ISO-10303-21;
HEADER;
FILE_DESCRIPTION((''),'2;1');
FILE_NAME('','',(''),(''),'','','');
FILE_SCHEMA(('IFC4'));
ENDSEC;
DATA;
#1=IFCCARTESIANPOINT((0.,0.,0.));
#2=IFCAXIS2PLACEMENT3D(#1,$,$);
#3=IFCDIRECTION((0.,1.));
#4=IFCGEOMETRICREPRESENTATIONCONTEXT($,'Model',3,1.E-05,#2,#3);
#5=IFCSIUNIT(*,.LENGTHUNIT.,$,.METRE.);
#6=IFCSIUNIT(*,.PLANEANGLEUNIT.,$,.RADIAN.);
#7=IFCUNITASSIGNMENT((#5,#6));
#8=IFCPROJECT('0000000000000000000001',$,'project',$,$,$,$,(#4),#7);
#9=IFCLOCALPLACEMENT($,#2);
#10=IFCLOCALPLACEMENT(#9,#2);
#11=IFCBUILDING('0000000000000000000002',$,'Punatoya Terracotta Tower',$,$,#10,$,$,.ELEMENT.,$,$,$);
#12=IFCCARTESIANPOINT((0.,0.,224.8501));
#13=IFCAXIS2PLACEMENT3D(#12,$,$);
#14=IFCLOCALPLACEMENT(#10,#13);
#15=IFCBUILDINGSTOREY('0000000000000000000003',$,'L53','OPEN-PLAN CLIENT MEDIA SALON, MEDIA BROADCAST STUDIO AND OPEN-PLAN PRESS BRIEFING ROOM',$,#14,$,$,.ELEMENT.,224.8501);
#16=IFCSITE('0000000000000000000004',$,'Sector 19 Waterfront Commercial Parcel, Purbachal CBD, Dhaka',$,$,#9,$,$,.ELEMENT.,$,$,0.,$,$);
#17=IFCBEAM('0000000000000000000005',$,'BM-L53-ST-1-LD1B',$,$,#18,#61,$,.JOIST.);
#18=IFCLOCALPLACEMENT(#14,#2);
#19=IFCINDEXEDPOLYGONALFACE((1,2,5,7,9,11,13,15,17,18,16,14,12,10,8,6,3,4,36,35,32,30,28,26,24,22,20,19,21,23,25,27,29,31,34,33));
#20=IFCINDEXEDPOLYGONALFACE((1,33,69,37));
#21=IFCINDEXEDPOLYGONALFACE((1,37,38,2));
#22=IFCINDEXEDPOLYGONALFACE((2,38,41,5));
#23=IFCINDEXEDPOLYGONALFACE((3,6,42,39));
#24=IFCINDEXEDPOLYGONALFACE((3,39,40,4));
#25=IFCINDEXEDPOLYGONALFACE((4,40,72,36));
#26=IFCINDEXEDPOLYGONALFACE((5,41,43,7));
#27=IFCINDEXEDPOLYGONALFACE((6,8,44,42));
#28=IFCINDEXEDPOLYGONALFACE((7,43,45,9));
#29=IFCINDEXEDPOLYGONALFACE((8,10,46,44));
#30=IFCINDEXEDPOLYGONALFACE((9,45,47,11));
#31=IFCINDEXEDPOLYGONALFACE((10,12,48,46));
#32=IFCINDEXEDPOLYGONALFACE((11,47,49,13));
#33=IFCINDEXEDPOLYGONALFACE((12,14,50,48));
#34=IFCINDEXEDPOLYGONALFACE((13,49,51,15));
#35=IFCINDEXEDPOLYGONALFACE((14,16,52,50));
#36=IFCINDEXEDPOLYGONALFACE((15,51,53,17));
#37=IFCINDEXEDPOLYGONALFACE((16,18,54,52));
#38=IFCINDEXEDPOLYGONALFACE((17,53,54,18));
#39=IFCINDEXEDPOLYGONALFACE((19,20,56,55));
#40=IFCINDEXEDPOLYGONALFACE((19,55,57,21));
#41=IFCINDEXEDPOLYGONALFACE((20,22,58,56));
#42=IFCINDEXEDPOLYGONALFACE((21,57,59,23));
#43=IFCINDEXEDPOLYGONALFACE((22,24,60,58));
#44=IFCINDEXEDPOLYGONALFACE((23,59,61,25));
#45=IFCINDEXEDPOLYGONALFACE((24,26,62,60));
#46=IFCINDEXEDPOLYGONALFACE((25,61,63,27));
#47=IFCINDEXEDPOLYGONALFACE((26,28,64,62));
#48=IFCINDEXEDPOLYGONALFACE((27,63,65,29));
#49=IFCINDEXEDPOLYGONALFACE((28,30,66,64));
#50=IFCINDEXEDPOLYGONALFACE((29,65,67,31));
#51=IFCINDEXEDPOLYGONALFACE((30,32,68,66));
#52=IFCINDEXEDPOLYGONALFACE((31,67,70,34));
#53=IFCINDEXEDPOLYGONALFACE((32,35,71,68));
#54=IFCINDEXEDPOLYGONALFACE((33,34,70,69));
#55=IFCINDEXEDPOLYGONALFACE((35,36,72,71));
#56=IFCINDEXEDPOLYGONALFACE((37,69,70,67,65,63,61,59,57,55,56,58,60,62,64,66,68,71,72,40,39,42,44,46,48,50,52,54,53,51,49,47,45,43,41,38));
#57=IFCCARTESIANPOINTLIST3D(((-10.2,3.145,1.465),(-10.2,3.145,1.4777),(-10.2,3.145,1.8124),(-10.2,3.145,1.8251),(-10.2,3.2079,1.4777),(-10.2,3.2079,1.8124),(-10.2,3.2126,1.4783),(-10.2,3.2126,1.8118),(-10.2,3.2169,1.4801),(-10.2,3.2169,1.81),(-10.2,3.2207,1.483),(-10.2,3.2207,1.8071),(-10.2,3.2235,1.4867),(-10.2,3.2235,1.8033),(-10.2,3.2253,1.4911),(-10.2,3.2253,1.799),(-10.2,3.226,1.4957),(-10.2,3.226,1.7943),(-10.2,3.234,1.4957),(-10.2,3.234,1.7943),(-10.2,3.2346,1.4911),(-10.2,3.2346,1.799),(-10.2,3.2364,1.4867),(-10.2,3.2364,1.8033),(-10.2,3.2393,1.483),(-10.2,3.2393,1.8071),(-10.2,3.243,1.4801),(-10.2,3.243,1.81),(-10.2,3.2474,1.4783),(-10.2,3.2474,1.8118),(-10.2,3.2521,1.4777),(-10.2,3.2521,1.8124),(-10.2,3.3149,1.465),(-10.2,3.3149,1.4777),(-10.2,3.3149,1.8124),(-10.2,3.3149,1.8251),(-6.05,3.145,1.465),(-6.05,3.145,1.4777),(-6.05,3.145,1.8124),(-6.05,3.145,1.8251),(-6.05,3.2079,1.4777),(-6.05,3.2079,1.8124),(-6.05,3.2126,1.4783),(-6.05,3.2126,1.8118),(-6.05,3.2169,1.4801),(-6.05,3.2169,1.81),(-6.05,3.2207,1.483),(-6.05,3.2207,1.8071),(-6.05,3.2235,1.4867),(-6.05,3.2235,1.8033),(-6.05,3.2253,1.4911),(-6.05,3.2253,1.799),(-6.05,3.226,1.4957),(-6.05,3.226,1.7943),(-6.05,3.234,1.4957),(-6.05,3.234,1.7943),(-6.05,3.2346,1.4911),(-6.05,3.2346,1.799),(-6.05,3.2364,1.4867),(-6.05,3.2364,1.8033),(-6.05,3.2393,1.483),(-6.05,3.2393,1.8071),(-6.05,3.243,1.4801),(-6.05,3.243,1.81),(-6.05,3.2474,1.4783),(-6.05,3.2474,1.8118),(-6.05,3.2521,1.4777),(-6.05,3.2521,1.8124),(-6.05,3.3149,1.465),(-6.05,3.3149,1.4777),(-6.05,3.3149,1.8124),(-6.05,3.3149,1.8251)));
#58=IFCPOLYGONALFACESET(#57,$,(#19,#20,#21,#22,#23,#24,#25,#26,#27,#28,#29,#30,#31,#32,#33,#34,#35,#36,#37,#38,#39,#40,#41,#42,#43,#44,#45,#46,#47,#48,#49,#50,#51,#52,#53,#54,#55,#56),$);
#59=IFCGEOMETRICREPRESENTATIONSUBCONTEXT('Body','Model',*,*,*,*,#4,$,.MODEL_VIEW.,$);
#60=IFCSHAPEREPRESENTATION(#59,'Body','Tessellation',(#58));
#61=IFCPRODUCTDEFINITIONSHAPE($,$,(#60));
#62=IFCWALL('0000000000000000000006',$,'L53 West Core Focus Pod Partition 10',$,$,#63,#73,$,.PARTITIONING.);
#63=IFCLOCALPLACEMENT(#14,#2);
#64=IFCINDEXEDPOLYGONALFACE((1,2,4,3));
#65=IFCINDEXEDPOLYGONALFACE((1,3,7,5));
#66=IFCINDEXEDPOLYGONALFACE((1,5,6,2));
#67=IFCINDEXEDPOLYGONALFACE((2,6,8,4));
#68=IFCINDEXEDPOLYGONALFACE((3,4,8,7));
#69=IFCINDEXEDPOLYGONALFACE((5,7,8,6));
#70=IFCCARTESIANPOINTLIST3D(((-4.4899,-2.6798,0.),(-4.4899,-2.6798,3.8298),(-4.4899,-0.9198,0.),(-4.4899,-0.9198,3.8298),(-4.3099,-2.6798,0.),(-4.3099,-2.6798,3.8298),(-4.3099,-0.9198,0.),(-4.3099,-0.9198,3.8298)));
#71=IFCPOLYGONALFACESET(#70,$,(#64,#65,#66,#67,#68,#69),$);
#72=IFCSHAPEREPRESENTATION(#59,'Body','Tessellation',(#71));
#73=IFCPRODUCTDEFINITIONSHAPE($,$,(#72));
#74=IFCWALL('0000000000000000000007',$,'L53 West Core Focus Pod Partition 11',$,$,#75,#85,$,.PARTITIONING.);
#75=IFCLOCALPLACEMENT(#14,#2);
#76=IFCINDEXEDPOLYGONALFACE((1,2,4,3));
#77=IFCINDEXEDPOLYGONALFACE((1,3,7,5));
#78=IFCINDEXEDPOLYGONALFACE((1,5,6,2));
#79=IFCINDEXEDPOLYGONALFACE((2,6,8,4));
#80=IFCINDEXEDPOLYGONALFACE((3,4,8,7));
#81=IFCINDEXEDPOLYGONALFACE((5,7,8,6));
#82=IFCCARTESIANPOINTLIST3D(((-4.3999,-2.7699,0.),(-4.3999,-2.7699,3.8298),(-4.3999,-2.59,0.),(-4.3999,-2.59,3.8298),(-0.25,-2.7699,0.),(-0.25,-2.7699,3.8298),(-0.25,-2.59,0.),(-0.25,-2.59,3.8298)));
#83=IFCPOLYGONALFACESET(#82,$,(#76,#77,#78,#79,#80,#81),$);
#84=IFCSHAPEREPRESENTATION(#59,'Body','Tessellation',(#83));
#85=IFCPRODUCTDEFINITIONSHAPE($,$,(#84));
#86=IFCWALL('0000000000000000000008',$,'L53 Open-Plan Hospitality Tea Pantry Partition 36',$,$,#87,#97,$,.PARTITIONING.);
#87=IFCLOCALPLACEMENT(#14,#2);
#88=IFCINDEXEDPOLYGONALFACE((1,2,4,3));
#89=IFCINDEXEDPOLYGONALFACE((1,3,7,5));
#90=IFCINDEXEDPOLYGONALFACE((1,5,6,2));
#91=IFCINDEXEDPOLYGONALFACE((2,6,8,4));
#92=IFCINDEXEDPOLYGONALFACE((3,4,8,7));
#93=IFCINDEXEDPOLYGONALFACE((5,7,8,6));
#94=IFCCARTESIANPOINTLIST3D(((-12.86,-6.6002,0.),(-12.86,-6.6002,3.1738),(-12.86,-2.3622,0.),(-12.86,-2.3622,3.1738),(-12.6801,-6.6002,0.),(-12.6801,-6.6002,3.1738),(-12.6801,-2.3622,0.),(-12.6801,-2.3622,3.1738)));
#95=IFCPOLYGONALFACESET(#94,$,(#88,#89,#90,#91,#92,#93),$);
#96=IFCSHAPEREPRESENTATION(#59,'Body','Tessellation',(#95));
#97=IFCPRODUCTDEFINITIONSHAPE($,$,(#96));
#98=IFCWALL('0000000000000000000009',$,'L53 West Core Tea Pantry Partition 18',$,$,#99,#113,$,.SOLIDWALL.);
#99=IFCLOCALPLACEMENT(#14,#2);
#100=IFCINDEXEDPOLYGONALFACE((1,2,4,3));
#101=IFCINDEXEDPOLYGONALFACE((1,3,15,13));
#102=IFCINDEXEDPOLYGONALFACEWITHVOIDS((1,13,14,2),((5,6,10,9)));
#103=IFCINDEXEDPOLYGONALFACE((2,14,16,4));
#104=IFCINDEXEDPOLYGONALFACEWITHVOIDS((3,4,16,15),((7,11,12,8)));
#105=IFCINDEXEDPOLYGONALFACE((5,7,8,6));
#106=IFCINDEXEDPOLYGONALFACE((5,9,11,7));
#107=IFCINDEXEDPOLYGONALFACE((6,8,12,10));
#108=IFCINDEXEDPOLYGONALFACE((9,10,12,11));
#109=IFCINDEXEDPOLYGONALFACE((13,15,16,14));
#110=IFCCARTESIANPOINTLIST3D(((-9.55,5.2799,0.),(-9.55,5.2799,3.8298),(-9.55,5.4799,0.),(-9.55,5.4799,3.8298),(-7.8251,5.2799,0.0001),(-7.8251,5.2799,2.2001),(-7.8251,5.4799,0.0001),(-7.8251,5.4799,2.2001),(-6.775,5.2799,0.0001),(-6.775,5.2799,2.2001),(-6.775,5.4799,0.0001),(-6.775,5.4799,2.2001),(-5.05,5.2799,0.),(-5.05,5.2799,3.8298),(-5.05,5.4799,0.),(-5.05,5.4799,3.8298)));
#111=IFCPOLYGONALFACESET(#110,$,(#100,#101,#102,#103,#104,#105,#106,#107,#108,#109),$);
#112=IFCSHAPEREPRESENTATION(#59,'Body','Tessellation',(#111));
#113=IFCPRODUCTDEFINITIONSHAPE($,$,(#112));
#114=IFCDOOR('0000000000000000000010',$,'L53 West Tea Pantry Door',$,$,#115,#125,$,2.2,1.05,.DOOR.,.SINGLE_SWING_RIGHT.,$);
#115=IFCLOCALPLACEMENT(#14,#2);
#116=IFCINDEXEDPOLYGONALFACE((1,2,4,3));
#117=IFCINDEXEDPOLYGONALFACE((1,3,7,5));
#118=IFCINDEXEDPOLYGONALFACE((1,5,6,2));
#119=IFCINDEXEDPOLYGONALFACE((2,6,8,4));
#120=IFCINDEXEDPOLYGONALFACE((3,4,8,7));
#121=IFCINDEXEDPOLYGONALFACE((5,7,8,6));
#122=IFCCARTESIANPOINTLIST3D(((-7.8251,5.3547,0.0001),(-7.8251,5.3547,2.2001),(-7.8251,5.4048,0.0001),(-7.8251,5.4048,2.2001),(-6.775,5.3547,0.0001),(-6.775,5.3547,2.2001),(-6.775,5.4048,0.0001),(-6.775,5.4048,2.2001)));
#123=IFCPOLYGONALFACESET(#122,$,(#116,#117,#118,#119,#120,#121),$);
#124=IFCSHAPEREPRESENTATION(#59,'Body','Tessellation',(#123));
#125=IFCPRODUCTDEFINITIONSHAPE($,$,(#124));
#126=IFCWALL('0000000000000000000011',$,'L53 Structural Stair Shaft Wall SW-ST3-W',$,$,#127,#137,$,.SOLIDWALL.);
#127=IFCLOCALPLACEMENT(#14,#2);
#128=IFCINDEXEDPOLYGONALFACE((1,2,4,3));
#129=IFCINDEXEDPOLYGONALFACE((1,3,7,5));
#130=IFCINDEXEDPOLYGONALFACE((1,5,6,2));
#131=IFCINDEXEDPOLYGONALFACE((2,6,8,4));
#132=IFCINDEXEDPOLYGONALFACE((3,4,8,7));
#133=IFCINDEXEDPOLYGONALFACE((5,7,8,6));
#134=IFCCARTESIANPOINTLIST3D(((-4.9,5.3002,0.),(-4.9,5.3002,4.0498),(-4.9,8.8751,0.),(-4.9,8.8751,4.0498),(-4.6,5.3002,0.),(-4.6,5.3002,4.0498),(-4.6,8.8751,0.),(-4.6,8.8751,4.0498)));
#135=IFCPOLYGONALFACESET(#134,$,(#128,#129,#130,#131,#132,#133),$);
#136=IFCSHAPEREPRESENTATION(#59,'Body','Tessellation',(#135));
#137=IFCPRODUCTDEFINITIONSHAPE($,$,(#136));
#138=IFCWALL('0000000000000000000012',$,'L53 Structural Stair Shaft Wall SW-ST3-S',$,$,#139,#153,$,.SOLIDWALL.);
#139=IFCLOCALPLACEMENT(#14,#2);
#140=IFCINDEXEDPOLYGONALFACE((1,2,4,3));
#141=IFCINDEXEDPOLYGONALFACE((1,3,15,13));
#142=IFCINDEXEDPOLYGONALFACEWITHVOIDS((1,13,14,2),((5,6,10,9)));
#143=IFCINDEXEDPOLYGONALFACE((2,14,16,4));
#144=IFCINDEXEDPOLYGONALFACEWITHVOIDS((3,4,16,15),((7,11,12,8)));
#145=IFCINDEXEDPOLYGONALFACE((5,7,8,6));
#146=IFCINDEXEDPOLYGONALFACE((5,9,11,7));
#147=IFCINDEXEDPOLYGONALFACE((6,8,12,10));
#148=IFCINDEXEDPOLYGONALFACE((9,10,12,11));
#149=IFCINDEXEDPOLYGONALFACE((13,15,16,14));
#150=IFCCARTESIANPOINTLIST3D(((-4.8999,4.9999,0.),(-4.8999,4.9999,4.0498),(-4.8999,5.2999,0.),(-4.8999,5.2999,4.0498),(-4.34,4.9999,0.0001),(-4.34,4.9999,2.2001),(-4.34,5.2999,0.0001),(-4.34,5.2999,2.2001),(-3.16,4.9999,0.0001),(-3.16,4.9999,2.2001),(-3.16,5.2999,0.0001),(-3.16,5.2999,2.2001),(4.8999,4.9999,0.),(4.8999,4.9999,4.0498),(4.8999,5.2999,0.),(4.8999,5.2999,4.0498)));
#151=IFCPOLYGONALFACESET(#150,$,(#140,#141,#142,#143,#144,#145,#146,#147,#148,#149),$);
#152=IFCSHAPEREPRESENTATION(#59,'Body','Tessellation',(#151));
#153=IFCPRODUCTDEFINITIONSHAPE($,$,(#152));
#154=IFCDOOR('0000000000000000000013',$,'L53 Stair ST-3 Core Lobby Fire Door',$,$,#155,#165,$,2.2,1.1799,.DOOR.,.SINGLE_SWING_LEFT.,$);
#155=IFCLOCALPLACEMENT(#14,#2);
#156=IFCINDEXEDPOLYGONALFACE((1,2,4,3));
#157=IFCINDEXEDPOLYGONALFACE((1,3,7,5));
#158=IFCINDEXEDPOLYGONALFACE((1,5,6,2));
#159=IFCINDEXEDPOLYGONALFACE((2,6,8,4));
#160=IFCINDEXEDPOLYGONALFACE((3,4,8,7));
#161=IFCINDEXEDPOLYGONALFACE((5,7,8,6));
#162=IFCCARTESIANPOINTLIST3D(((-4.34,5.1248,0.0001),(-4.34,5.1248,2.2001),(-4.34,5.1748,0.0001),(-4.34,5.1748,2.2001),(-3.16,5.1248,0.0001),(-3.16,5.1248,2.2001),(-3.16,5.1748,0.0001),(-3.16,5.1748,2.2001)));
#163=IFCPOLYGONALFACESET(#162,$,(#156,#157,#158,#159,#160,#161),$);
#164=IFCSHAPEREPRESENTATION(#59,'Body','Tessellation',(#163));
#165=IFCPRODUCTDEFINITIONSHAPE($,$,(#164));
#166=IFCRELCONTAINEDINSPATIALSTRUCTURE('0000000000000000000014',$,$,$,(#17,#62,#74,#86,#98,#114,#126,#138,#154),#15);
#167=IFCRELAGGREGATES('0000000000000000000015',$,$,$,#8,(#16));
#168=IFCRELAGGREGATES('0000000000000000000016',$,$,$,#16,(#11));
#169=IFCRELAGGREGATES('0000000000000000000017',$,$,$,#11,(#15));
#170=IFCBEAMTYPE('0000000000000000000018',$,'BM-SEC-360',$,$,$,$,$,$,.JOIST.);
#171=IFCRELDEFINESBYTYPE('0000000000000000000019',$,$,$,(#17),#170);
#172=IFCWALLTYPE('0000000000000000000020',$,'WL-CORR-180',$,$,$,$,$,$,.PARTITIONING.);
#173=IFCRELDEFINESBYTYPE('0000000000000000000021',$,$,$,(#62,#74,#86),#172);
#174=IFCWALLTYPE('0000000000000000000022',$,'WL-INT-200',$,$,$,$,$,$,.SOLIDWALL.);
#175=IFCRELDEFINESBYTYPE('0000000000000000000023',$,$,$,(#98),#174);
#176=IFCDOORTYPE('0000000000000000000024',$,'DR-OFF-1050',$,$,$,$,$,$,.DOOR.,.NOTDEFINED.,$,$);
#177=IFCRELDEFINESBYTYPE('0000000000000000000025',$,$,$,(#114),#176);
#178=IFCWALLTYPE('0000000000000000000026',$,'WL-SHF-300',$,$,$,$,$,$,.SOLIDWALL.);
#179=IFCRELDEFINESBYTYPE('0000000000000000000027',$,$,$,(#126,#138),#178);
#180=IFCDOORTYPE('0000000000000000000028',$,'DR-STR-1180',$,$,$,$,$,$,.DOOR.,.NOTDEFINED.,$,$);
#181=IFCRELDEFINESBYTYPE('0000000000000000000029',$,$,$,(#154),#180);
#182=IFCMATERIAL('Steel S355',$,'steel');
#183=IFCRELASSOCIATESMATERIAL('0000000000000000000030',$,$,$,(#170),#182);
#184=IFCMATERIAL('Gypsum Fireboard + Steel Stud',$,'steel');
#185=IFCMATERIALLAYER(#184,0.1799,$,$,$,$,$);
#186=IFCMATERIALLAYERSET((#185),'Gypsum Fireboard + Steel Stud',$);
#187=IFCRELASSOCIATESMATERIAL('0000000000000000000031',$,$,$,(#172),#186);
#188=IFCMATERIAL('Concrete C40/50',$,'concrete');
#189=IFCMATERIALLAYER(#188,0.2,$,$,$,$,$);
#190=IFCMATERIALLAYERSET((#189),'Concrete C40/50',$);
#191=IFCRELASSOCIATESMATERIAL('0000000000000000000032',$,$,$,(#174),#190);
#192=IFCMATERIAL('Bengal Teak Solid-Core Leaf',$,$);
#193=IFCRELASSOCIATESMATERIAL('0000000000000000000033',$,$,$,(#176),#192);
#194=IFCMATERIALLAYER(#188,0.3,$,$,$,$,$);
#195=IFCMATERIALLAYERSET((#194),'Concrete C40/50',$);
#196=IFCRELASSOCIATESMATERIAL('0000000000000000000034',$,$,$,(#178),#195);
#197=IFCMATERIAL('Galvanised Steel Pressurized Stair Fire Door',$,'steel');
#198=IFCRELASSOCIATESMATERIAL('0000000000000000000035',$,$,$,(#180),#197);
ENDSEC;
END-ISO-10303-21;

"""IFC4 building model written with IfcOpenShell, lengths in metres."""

from ifc_helpers import new_model, si_unit, direction, frame, frame_2d, origin, origin_2d, place, context, subcontext, project, spatial, rectangle, i_section, extrude, material, layer, layer_set, material_profile, profile_set, type_object, element, fill, save


model = new_model("IFC4")

# Units and contexts
model_context = context("Model", 3, precision=1e-05, world=origin(), true_north=direction((0.0, 1.0)))
body_context = subcontext(model_context, "Body", "Model", "MODEL_VIEW")
ifc_project = project(units=[si_unit("LENGTHUNIT", "METRE"), si_unit("PLANEANGLEUNIT", "RADIAN")], contexts=[model_context])

# Site, building, storey
site_placement = place(None, origin())
site = spatial("IfcSite", under=ifc_project, at=site_placement, Name="Sector 19 Waterfront Commercial Parcel, Purbachal CBD, Dhaka", CompositionType="ELEMENT", RefElevation=0.0)
building_placement = place(site_placement, origin())
building = spatial("IfcBuilding", under=site, at=building_placement, Name="Punatoya Terracotta Tower", CompositionType="ELEMENT")
storey_placement = place(building_placement, frame((0.0, 0.0, 224.8501)))
storey = spatial("IfcBuildingStorey", under=building, at=storey_placement, Name="L53", Description="OPEN-PLAN CLIENT MEDIA SALON, MEDIA BROADCAST STUDIO AND OPEN-PLAN PRESS BRIEFING ROOM", CompositionType="ELEMENT", Elevation=224.8501)

# Beam
ifc_material_1 = material(Name="Steel S355", Category="steel")
ifc_material_profile_1 = material_profile(ifc_material_1, i_section(OverallWidth=0.1699, OverallDepth=0.3601, WebThickness=0.0081, FlangeThickness=0.0127, FilletRadius=0.0181, at=origin_2d()))
ifc_profile_set_1 = profile_set([ifc_material_profile_1], Name="Steel S355")
beam_type_1 = type_object("IfcBeamType", Name="BM-SEC-360", PredefinedType="JOIST", material=ifc_profile_set_1)
for number, where, z_axis, x_axis, name in (
    (1, (-10.2, 3.23, 1.645), (1.0, 0.0, 0.0), (0.0, 1.0, 0.0), "BM-L53-ST-1-LD1B"),
):
    element("IfcBeam", number, at=place(storey_placement, frame(where, z_axis=z_axis, x_axis=x_axis)), inside=storey, type_object=beam_type_1, Name=name, PredefinedType="JOIST", context=body_context, shape_type="SweptSolid", body=[
        extrude(i_section(OverallWidth=0.1699, OverallDepth=0.3601, WebThickness=0.0081, FlangeThickness=0.0127, FilletRadius=0.0181, at=origin_2d()), origin(), (0.0, 0.0, 1.0), 4.1499),
    ])

# Walls
ifc_material_2 = material(Name="Gypsum Fireboard + Steel Stud", Category="steel")
ifc_layer_1 = layer(ifc_material_2, 0.1799)
ifc_layer_set_1 = layer_set([ifc_layer_1], Name="Gypsum Fireboard + Steel Stud")
wall_type_1 = type_object("IfcWallType", Name="WL-CORR-180", PredefinedType="PARTITIONING", material=ifc_layer_set_1)
wall_1_placement = place(storey_placement, frame((-4.3999, -0.9199, 0.0), z_axis=(0.0, 0.0, 1.0), x_axis=(0.0, -1.0, 0.0)))
element("IfcWall", 2, at=wall_1_placement, inside=storey, type_object=wall_type_1, Name="L53 West Core Focus Pod Partition 10", PredefinedType="PARTITIONING", context=body_context, shape_type="SweptSolid", body=[
    extrude(rectangle(XDim=1.76, YDim=0.1799, at=frame_2d((0.8799, 0.0))), origin(), (0.0, 0.0, 1.0), 3.8298),
])
wall_2_placement = place(storey_placement, frame((-4.3999, -2.6799, 0.0), z_axis=(0.0, 0.0, 1.0), x_axis=(1.0, 0.0, 0.0)))
element("IfcWall", 3, at=wall_2_placement, inside=storey, type_object=wall_type_1, Name="L53 West Core Focus Pod Partition 11", PredefinedType="PARTITIONING", context=body_context, shape_type="SweptSolid", body=[
    extrude(rectangle(XDim=4.1499, YDim=0.1799, at=frame_2d((2.075, 0.0))), origin(), (0.0, 0.0, 1.0), 3.8298),
])
wall_3_placement = place(storey_placement, frame((-12.77, -2.3621, 0.0), z_axis=(0.0, 0.0, 1.0), x_axis=(0.0, -1.0, 0.0)))
element("IfcWall", 4, at=wall_3_placement, inside=storey, type_object=wall_type_1, Name="L53 Open-Plan Hospitality Tea Pantry Partition 36", PredefinedType="PARTITIONING", context=body_context, shape_type="SweptSolid", body=[
    extrude(rectangle(XDim=4.238, YDim=0.1799, at=frame_2d((2.1191, 0.0))), origin(), (0.0, 0.0, 1.0), 3.1738),
])

# Wall, opening, door
ifc_material_3 = material(Name="Concrete C40/50", Category="concrete")
ifc_layer_2 = layer(ifc_material_3, 0.2)
ifc_layer_set_2 = layer_set([ifc_layer_2], Name="Concrete C40/50")
wall_type_2 = type_object("IfcWallType", Name="WL-INT-200", PredefinedType="SOLIDWALL", material=ifc_layer_set_2)
wall_4_placement = place(storey_placement, frame((-9.55, 5.3799, 0.0), z_axis=(0.0, 0.0, 1.0), x_axis=(1.0, 0.0, 0.0)))
wall_4 = element("IfcWall", 5, at=wall_4_placement, inside=storey, type_object=wall_type_2, Name="L53 West Core Tea Pantry Partition 18", PredefinedType="SOLIDWALL", context=body_context, shape_type="SweptSolid", body=[
    extrude(rectangle(XDim=4.5, YDim=0.2, at=frame_2d((2.25, 0.0))), origin(), (0.0, 0.0, 1.0), 3.8298),
])
opening_1_placement = place(wall_4_placement, frame((1.7251, 0.0, 0.0)))
opening_1 = element("IfcOpeningElement", 6, at=opening_1_placement, cuts=wall_4, PredefinedType="OPENING", context=body_context, shape_type="SweptSolid", body=[
    extrude(rectangle(XDim=1.05, YDim=2.2, at=frame_2d((0.5249, 1.1001))), frame((0.0, 0.1099, 0.0), z_axis=(0.0, -1.0, 0.0), x_axis=(1.0, 0.0, 0.0)), (0.0, 0.0, 1.0), 0.22),
])
ifc_material_4 = material(Name="Bengal Teak Solid-Core Leaf")
door_type_1 = type_object("IfcDoorType", Name="DR-OFF-1050", OperationType="NOTDEFINED", PredefinedType="DOOR", material=ifc_material_4)
door_1_placement = place(opening_1_placement, origin())
door_1 = element("IfcDoor", 7, at=door_1_placement, inside=storey, type_object=door_type_1, Name="L53 West Tea Pantry Door", OperationType="SINGLE_SWING_RIGHT", OverallHeight=2.2, OverallWidth=1.05, PredefinedType="DOOR", context=body_context, shape_type="SweptSolid", body=[
    extrude(rectangle(XDim=1.05, YDim=2.2, at=frame_2d((0.5249, 1.1001))), frame((0.0, 0.0249, 0.0), z_axis=(0.0, -1.0, 0.0), x_axis=(1.0, 0.0, 0.0)), (0.0, 0.0, 1.0), 0.05),
])
fill(opening_1, door_1)

# Wall
ifc_layer_3 = layer(ifc_material_3, 0.3)
ifc_layer_set_3 = layer_set([ifc_layer_3], Name="Concrete C40/50")
wall_type_3 = type_object("IfcWallType", Name="WL-SHF-300", PredefinedType="SOLIDWALL", material=ifc_layer_set_3)
wall_5_placement = place(storey_placement, frame((-4.75, 5.3, 0.0), z_axis=(0.0, 0.0, 1.0), x_axis=(0.0, 1.0, 0.0)))
element("IfcWall", 8, at=wall_5_placement, inside=storey, type_object=wall_type_3, Name="L53 Structural Stair Shaft Wall SW-ST3-W", PredefinedType="SOLIDWALL", context=body_context, shape_type="SweptSolid", body=[
    extrude(rectangle(XDim=3.575, YDim=0.3, at=frame_2d((1.7876, 0.0))), origin(), (0.0, 0.0, 1.0), 4.0498),
])

# Wall, opening, door
wall_6_placement = place(storey_placement, frame((-4.8999, 5.1499, 0.0), z_axis=(0.0, 0.0, 1.0), x_axis=(1.0, 0.0, 0.0)))
wall_6 = element("IfcWall", 9, at=wall_6_placement, inside=storey, type_object=wall_type_3, Name="L53 Structural Stair Shaft Wall SW-ST3-S", PredefinedType="SOLIDWALL", context=body_context, shape_type="SweptSolid", body=[
    extrude(rectangle(XDim=9.7998, YDim=0.3, at=frame_2d((4.8999, 0.0))), origin(), (0.0, 0.0, 1.0), 4.0498),
])
opening_2_placement = place(wall_6_placement, frame((0.5601, 0.0, 0.0)))
opening_2 = element("IfcOpeningElement", 10, at=opening_2_placement, cuts=wall_6, PredefinedType="OPENING", context=body_context, shape_type="SweptSolid", body=[
    extrude(rectangle(XDim=1.1799, YDim=2.2, at=frame_2d((0.5898, 1.1001))), frame((0.0, 0.1599, 0.0), z_axis=(0.0, -1.0, 0.0), x_axis=(1.0, 0.0, 0.0)), (0.0, 0.0, 1.0), 0.3201),
])
ifc_material_5 = material(Name="Galvanised Steel Pressurized Stair Fire Door", Category="steel")
door_type_2 = type_object("IfcDoorType", Name="DR-STR-1180", OperationType="NOTDEFINED", PredefinedType="DOOR", material=ifc_material_5)
door_2_placement = place(opening_2_placement, origin())
door_2 = element("IfcDoor", 11, at=door_2_placement, inside=storey, type_object=door_type_2, Name="L53 Stair ST-3 Core Lobby Fire Door", OperationType="SINGLE_SWING_LEFT", OverallHeight=2.2, OverallWidth=1.1799, PredefinedType="DOOR", context=body_context, shape_type="SweptSolid", body=[
    extrude(rectangle(XDim=1.1799, YDim=2.2, at=frame_2d((0.5898, 1.1001))), frame((0.0, 0.0249, 0.0), z_axis=(0.0, -1.0, 0.0), x_axis=(1.0, 0.0, 0.0)), (0.0, 0.0, 1.0), 0.05),
])
fill(opening_2, door_2)

save(model, "model.ifc")
